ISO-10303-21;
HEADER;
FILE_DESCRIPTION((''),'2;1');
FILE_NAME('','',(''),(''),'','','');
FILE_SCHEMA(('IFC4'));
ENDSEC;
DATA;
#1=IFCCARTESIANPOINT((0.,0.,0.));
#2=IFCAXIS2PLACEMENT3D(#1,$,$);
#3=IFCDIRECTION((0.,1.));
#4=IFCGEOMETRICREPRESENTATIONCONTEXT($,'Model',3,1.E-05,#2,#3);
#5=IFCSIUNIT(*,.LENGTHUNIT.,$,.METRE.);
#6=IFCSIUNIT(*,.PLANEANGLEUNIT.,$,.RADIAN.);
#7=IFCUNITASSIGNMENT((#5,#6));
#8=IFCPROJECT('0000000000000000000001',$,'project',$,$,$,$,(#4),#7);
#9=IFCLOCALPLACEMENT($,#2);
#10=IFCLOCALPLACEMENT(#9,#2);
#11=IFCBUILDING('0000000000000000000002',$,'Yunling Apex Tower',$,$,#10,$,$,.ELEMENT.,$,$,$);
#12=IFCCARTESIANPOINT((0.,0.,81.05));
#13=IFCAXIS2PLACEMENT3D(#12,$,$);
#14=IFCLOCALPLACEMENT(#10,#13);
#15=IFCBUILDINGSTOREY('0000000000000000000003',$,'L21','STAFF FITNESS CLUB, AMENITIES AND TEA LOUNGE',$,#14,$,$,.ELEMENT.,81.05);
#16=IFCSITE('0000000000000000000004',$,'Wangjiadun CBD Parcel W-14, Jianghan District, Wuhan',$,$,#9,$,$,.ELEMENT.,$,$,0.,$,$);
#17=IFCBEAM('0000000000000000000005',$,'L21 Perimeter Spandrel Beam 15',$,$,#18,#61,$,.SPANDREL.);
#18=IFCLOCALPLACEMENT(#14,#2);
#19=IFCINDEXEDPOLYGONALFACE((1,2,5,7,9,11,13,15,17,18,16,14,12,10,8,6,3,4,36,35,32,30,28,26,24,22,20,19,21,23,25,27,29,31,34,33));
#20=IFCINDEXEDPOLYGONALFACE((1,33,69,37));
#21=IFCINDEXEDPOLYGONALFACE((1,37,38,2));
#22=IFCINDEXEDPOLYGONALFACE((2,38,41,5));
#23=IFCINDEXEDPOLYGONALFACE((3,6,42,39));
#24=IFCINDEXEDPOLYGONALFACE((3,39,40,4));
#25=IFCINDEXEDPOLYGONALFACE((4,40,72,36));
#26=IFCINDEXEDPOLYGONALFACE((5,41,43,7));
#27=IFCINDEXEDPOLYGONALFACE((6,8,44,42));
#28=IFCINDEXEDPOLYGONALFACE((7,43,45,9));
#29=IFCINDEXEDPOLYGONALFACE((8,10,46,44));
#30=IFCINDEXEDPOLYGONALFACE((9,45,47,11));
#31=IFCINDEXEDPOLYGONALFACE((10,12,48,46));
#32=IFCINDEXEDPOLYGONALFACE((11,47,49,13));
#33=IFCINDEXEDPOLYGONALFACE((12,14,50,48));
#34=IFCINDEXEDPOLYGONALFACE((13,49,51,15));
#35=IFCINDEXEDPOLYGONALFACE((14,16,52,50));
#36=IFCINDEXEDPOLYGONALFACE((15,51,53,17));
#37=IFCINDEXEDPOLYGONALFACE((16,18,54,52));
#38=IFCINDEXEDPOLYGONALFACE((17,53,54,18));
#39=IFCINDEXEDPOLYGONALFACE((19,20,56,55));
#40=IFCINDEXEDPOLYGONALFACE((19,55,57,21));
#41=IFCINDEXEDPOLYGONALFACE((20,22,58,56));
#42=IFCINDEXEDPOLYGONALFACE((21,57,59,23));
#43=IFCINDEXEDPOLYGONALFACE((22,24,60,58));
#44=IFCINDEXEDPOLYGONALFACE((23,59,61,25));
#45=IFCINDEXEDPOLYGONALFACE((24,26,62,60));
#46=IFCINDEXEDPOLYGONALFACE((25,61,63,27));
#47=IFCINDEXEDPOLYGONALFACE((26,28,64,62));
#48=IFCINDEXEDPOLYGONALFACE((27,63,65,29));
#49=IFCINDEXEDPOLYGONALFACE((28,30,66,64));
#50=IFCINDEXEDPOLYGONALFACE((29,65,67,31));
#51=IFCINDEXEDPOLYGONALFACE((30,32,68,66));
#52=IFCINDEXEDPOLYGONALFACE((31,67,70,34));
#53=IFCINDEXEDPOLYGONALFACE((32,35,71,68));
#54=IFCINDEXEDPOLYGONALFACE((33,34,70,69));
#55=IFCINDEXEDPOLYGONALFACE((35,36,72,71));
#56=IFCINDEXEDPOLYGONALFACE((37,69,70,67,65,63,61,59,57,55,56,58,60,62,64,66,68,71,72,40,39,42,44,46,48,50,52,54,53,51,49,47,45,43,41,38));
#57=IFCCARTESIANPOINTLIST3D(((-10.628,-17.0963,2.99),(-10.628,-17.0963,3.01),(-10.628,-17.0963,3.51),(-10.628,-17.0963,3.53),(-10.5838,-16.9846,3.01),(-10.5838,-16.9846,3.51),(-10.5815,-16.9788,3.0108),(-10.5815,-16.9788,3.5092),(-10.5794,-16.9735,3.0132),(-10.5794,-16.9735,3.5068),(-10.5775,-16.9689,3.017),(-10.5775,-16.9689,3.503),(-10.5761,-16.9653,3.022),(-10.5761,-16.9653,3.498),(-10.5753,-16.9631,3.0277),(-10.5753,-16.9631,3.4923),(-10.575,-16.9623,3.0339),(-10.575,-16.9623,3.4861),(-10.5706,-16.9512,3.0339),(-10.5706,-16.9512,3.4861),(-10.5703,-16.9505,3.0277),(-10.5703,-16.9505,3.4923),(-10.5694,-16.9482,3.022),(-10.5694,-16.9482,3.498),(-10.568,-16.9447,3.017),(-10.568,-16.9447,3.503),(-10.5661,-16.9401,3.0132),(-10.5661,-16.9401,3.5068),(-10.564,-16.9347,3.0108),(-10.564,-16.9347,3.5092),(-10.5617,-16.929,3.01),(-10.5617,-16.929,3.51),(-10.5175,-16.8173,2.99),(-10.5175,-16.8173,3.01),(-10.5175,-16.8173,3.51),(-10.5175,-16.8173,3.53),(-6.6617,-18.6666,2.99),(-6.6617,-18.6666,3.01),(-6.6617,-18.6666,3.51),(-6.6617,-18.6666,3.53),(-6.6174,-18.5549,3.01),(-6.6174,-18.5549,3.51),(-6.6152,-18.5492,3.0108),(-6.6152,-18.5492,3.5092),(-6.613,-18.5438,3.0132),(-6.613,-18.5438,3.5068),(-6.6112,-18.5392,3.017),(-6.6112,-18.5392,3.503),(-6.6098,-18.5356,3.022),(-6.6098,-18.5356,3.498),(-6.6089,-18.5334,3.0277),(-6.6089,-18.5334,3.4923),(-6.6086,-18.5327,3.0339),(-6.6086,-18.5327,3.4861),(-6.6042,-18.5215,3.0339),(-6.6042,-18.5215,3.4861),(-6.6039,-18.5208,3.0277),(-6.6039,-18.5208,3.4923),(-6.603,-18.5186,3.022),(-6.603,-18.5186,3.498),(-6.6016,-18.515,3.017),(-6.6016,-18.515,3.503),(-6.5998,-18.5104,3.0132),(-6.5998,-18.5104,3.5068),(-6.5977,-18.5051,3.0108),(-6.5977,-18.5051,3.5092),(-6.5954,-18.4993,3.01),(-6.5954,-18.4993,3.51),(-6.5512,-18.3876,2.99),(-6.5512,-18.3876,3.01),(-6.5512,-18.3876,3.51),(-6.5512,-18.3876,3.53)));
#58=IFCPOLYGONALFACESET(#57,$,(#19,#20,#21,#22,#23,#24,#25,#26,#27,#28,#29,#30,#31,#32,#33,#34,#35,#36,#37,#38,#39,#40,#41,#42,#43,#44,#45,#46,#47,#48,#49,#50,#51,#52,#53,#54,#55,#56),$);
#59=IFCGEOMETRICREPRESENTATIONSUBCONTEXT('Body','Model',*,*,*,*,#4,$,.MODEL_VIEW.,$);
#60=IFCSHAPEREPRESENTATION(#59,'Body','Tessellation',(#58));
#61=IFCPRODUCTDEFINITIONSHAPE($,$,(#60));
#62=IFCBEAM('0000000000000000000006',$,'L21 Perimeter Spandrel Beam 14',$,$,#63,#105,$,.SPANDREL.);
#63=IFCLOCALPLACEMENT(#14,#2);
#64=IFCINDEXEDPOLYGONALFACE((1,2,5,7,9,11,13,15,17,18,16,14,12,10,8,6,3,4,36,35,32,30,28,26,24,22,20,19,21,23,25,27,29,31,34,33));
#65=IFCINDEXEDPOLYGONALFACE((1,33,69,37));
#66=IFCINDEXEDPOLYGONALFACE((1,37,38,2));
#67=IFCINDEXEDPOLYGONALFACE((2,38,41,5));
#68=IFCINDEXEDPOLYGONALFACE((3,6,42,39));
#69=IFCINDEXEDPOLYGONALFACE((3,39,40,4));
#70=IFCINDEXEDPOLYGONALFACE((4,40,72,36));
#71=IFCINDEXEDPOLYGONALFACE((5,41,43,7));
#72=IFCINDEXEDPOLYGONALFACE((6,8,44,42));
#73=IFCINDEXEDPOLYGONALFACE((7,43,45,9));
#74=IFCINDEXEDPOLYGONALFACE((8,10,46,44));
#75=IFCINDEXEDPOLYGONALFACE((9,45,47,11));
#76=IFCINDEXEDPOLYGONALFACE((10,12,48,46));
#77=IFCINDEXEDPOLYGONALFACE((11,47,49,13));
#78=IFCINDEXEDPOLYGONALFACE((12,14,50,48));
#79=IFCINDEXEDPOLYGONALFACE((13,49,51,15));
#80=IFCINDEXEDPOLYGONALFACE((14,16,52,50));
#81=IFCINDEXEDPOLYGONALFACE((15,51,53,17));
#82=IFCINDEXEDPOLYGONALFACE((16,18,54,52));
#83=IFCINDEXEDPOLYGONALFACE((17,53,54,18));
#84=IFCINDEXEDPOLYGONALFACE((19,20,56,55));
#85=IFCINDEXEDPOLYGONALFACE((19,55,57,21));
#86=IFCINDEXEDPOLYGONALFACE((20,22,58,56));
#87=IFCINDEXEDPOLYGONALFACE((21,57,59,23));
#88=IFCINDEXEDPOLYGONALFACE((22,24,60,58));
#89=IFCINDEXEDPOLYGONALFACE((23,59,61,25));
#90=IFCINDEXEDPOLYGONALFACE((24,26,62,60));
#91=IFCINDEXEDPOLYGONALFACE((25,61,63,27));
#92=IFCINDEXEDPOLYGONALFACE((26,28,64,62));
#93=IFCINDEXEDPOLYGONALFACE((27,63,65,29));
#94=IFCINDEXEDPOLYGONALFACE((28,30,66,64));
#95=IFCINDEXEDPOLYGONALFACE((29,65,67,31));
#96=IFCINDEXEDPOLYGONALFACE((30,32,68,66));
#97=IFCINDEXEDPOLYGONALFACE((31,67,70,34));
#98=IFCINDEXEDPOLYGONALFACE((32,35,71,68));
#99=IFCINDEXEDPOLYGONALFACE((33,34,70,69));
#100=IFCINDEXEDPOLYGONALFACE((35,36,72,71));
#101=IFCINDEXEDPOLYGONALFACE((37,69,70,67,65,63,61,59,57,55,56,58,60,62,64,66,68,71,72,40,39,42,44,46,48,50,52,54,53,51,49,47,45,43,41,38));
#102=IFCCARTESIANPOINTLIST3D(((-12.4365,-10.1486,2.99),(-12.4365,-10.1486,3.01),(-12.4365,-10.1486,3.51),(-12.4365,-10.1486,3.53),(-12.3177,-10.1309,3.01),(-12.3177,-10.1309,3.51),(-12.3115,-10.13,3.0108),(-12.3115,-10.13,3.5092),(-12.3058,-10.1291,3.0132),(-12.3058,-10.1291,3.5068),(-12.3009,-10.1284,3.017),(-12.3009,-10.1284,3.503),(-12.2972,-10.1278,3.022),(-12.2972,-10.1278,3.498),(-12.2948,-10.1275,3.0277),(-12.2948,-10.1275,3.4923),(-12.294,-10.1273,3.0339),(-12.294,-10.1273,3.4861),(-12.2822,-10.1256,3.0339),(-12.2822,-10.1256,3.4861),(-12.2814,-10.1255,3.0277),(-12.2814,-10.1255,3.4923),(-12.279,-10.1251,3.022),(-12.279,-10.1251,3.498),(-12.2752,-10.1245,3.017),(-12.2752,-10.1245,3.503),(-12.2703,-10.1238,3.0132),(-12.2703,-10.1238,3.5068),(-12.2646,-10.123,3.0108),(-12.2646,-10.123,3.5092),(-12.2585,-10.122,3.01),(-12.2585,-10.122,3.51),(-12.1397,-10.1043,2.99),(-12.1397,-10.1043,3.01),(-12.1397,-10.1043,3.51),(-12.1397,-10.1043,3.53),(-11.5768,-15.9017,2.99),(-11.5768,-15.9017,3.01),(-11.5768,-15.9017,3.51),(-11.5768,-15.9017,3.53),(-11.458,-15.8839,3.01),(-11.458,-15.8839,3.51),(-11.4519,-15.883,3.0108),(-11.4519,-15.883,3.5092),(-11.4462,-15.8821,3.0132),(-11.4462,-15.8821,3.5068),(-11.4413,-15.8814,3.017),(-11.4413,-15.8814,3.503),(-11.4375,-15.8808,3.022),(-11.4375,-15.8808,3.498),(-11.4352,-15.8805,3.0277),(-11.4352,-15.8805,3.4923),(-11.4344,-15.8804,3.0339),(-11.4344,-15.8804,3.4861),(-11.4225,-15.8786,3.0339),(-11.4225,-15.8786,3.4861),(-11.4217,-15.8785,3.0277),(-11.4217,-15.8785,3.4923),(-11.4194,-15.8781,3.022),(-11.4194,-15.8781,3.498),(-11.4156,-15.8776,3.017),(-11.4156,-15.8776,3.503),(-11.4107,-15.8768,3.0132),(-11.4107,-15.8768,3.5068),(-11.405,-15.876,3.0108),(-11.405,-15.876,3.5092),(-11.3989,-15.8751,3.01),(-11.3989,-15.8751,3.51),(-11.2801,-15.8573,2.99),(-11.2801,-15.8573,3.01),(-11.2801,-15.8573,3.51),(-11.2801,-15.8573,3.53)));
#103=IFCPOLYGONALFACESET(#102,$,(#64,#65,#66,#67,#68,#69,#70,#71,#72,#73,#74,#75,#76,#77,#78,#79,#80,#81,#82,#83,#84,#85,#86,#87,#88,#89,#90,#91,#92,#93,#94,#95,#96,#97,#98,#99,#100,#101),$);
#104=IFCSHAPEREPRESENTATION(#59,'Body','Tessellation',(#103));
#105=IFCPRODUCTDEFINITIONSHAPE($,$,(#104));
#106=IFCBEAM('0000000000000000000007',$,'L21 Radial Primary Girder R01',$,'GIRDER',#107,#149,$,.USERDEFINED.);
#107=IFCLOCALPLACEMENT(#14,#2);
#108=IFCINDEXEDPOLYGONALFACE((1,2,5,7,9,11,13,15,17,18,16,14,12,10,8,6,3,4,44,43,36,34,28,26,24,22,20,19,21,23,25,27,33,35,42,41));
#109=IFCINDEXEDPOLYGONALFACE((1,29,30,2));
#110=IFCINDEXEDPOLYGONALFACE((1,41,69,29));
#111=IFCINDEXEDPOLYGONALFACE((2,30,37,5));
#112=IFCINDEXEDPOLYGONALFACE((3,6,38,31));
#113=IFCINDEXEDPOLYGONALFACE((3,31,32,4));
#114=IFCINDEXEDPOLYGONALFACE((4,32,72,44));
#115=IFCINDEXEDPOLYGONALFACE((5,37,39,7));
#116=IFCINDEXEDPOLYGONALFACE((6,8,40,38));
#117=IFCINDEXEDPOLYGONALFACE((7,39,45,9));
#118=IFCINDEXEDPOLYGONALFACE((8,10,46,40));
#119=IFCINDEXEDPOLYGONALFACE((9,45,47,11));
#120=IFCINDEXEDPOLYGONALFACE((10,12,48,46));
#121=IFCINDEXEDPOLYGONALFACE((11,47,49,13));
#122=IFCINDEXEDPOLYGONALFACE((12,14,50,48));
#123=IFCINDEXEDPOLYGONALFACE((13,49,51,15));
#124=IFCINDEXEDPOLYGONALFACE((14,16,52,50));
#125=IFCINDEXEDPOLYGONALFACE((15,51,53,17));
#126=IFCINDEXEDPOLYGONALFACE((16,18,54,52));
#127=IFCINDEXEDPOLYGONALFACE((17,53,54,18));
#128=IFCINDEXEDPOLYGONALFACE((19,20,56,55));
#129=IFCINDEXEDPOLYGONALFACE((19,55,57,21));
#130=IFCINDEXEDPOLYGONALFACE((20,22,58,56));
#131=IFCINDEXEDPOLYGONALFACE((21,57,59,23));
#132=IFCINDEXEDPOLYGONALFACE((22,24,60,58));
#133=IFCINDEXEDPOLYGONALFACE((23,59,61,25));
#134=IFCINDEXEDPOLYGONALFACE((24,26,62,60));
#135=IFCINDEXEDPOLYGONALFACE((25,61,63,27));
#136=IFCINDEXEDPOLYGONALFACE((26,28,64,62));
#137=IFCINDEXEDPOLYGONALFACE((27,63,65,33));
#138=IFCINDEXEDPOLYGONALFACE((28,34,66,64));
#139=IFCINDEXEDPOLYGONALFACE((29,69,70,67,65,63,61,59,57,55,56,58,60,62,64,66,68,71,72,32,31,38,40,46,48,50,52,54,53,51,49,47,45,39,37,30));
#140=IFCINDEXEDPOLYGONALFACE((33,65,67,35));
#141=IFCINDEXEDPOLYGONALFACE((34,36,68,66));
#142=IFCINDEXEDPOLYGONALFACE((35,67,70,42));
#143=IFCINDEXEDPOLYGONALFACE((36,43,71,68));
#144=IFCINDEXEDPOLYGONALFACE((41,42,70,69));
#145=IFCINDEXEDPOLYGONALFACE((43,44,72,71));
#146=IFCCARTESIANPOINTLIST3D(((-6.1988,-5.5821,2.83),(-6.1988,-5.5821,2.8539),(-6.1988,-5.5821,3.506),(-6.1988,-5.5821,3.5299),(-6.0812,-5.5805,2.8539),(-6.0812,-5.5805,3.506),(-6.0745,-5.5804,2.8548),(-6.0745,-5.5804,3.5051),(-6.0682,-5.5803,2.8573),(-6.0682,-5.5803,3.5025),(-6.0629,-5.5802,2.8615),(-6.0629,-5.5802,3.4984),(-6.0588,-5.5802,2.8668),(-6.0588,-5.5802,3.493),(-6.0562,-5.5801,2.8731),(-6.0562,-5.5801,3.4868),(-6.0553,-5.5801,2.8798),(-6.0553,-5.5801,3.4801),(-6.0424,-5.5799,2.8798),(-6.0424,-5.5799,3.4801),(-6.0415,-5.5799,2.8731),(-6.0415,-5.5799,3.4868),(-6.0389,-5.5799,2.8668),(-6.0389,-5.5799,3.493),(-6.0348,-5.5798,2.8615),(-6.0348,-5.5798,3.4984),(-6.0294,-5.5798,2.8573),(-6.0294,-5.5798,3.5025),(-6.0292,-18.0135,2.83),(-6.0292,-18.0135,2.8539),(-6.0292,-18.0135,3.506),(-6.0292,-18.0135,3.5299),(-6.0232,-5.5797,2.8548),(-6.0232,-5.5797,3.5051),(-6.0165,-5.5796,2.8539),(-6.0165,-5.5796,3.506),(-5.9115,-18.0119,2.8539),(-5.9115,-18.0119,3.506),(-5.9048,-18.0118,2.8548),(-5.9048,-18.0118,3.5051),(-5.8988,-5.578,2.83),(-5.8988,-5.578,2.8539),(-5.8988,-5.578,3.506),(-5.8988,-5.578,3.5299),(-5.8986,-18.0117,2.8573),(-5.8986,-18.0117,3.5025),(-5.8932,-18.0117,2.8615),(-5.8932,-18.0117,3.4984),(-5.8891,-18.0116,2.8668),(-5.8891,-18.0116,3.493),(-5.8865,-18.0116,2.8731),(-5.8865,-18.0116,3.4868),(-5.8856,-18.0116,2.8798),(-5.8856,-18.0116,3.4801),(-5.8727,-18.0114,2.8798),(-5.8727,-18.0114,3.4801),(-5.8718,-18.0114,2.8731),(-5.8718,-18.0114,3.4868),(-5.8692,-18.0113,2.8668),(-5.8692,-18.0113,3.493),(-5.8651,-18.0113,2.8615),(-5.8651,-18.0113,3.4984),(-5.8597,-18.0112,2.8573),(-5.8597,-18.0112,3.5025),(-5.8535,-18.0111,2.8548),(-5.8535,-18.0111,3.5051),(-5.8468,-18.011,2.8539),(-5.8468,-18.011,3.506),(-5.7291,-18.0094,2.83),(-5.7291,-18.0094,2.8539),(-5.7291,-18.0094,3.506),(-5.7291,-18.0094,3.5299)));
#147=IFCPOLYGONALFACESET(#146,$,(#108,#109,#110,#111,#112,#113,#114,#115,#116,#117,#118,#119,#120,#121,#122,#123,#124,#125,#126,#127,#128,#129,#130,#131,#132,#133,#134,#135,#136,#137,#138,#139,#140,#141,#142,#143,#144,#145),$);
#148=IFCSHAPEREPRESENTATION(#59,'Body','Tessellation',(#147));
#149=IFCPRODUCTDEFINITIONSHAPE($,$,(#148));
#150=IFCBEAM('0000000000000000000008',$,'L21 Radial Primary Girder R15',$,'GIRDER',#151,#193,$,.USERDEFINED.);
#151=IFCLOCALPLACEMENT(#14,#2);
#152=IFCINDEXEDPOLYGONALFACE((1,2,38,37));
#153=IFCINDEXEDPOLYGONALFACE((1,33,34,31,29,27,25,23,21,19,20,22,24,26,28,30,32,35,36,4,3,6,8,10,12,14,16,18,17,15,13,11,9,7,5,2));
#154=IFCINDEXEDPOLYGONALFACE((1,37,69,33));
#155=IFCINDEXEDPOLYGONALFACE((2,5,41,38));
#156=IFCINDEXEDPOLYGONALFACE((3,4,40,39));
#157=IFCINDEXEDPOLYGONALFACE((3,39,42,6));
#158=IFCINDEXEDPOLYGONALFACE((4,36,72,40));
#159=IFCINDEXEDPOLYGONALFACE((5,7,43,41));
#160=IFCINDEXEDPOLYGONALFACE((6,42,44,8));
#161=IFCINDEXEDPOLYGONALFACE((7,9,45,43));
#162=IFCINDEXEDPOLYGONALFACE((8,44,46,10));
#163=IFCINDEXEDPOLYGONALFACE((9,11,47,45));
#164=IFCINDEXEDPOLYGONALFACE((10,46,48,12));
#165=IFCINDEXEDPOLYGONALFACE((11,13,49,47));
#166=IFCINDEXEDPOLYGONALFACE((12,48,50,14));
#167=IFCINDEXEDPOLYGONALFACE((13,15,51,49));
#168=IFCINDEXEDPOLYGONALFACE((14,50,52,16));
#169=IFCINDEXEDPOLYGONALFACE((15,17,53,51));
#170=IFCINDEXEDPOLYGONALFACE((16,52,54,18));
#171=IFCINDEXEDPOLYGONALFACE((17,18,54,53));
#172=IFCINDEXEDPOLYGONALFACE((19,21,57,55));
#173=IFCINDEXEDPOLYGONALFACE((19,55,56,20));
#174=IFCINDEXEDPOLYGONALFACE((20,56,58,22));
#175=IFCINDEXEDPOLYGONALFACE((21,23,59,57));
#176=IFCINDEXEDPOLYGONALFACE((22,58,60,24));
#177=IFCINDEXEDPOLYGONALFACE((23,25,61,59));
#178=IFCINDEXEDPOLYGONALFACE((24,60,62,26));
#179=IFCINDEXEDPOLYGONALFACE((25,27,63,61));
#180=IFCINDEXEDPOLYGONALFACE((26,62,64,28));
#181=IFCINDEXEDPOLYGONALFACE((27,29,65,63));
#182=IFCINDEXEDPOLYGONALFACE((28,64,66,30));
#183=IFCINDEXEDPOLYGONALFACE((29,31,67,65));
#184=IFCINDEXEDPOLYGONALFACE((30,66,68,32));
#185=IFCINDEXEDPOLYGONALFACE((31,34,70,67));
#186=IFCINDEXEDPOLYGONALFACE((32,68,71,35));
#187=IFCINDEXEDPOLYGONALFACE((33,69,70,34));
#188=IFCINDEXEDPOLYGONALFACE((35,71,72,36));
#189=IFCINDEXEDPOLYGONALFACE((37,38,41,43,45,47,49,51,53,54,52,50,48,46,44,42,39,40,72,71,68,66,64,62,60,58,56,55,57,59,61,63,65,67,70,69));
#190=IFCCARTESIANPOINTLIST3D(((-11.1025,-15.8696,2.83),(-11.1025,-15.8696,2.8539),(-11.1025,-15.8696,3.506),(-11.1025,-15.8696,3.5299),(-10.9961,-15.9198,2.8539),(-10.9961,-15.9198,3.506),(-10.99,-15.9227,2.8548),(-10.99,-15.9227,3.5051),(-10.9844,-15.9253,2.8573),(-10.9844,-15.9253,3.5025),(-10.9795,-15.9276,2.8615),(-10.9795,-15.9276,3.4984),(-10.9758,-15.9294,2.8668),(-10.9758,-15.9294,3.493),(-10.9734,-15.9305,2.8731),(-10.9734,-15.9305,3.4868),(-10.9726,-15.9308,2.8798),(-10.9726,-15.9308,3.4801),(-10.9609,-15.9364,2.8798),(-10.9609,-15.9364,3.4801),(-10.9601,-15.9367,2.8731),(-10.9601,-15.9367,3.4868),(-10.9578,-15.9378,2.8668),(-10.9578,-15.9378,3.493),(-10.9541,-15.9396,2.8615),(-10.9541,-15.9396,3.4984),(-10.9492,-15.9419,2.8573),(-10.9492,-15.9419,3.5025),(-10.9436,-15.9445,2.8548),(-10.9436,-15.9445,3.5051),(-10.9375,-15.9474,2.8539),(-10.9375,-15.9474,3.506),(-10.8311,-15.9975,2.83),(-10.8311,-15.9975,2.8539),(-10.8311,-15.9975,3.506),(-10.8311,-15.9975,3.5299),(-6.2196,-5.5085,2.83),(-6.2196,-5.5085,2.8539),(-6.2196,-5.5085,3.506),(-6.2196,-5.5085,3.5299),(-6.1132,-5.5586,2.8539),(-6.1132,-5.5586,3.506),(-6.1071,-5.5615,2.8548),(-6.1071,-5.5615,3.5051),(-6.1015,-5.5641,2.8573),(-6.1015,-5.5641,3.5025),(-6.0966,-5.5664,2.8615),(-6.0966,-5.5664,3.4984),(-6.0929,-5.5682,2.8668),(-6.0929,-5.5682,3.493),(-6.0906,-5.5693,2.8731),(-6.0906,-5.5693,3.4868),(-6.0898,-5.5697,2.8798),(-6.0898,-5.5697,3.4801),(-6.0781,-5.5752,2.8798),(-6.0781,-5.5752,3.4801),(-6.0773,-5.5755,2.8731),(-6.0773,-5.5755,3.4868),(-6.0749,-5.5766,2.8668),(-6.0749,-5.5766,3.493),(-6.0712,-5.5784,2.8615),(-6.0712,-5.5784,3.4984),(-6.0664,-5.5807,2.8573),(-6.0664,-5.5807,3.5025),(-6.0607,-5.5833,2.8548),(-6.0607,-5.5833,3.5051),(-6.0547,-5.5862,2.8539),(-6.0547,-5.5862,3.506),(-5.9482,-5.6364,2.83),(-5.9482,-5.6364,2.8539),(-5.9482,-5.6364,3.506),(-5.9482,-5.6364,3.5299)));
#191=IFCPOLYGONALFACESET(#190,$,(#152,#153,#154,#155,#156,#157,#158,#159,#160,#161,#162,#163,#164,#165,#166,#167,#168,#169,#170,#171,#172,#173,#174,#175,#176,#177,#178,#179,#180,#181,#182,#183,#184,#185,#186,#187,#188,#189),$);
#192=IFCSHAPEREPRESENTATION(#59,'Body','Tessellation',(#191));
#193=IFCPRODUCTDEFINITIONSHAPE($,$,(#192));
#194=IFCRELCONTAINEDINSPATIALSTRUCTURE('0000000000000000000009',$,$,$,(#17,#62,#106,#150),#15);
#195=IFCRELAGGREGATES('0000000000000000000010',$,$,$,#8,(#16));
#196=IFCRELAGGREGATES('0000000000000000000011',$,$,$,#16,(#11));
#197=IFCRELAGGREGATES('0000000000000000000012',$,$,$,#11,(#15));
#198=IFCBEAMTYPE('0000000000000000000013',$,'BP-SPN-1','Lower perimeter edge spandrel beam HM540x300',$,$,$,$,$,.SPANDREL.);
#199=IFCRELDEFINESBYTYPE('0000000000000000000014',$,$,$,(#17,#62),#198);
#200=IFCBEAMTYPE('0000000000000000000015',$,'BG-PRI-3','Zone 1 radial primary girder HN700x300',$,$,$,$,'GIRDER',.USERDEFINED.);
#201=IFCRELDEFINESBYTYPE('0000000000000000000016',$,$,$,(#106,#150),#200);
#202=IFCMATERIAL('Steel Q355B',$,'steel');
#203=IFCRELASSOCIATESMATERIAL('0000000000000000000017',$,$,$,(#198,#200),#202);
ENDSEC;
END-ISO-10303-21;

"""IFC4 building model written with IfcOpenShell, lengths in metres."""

from ifc_helpers import new_model, si_unit, direction, frame, origin, origin_2d, place, context, subcontext, project, spatial, i_section, extrude, source, transform, mapped, material, material_profile, profile_set, type_object, element, save


model = new_model("IFC4")

# Units and contexts
model_context = context("Model", 3, precision=1e-05, world=origin(), true_north=direction((0.0, 1.0)))
body_context = subcontext(model_context, "Body", "Model", "MODEL_VIEW")
ifc_project = project(units=[si_unit("LENGTHUNIT", "METRE"), si_unit("PLANEANGLEUNIT", "RADIAN")], contexts=[model_context])

# Site, building, storey
site_placement = place(None, origin())
site = spatial("IfcSite", under=ifc_project, at=site_placement, Name="Wangjiadun CBD Parcel W-14, Jianghan District, Wuhan", CompositionType="ELEMENT", RefElevation=0.0)
building_placement = place(site_placement, origin())
building = spatial("IfcBuilding", under=site, at=building_placement, Name="Yunling Apex Tower", CompositionType="ELEMENT")
storey_placement = place(building_placement, frame((0.0, 0.0, 81.05)))
storey = spatial("IfcBuildingStorey", under=building, at=storey_placement, Name="L21", Description="STAFF FITNESS CLUB, AMENITIES AND TEA LOUNGE", CompositionType="ELEMENT", Elevation=81.05)

# Beams
ifc_material_1 = material(Name="Steel Q355B", Category="steel")
ifc_material_profile_1 = material_profile(ifc_material_1, i_section(OverallWidth=0.3, OverallDepth=0.54, WebThickness=0.012, FlangeThickness=0.02, FilletRadius=0.0239, at=origin_2d()))
ifc_profile_set_1 = profile_set([ifc_material_profile_1], Name="Steel Q355B")
beam_type_1 = type_object("IfcBeamType", Name="BP-SPN-1", Description="Lower perimeter edge spandrel beam HM540x300", PredefinedType="SPANDREL", material=ifc_profile_set_1)
shared_shape_1 = source(origin(), body_context, "Body", "SweptSolid", [
    extrude(i_section(OverallWidth=0.3, OverallDepth=0.54, WebThickness=0.012, FlangeThickness=0.02, FilletRadius=0.0239, at=origin_2d()), origin(), (0.0, 0.0, 1.0), 4.2659),
])
beam_1_placement = place(storey_placement, frame((-10.5728, -16.9568, 3.26), z_axis=(0.929781, -0.368112, 0.0), x_axis=(0.368112, 0.929781, 0.0)))
element("IfcBeam", 1, at=beam_1_placement, inside=storey, type_object=beam_type_1, Name="L21 Perimeter Spandrel Beam 15", PredefinedType="SPANDREL", context=body_context, shape_type="MappedRepresentation", body=[
    mapped(shared_shape_1, transform((0.0, 0.0, 0.0), scale=1.0)),
])
shared_shape_2 = source(origin(), body_context, "Body", "SweptSolid", [
    extrude(i_section(OverallWidth=0.3, OverallDepth=0.54, WebThickness=0.012, FlangeThickness=0.02, FilletRadius=0.0239, at=origin_2d()), origin(), (0.0, 0.0, 1.0), 5.8169),
])
beam_2_placement = place(storey_placement, frame((-12.2881, -10.1265, 3.26), z_axis=(0.147782, -0.98902, 0.0), x_axis=(0.98902, 0.147782, 0.0)))
element("IfcBeam", 2, at=beam_2_placement, inside=storey, type_object=beam_type_1, Name="L21 Perimeter Spandrel Beam 14", PredefinedType="SPANDREL", context=body_context, shape_type="MappedRepresentation", body=[
    mapped(shared_shape_2, transform((0.0, 0.0, 0.0), scale=1.0)),
])
ifc_material_profile_2 = material_profile(ifc_material_1, i_section(OverallWidth=0.3, OverallDepth=0.7, WebThickness=0.0129, FlangeThickness=0.0239, FilletRadius=0.0259, at=origin_2d()))
ifc_profile_set_2 = profile_set([ifc_material_profile_2], Name="Steel Q355B")
beam_type_2 = type_object("IfcBeamType", Name="BG-PRI-3", Description="Zone 1 radial primary girder HN700x300", ElementType="GIRDER", PredefinedType="USERDEFINED", material=ifc_profile_set_2)
shared_shape_3 = source(origin(), body_context, "Body", "SweptSolid", [
    extrude(i_section(OverallWidth=0.3, OverallDepth=0.7, WebThickness=0.0129, FlangeThickness=0.0239, FilletRadius=0.0259, at=origin_2d()), origin(), (0.0, 0.0, 1.0), 12.4326),
])
beam_3_placement = place(storey_placement, frame((-5.8792, -18.0115, 3.1799), z_axis=(-0.013648, 0.999907, 0.0), x_axis=(-0.999907, -0.013648, 0.0)))
element("IfcBeam", 3, at=beam_3_placement, inside=storey, type_object=beam_type_2, Name="L21 Radial Primary Girder R01", ObjectType="GIRDER", PredefinedType="USERDEFINED", context=body_context, shape_type="MappedRepresentation", body=[
    mapped(shared_shape_3, transform((0.0, 0.0, 0.0), scale=1.0)),
])
shared_shape_4 = source(origin(), body_context, "Body", "SweptSolid", [
    extrude(i_section(OverallWidth=0.3, OverallDepth=0.7, WebThickness=0.0129, FlangeThickness=0.0239, FilletRadius=0.0259, at=origin_2d()), origin(), (0.0, 0.0, 1.0), 11.4541),
])
beam_4_placement = place(storey_placement, frame((-10.9668, -15.9336, 3.1799), z_axis=(0.426298, 0.904583, 0.0), x_axis=(-0.904583, 0.426298, 0.0)))
element("IfcBeam", 4, at=beam_4_placement, inside=storey, type_object=beam_type_2, Name="L21 Radial Primary Girder R15", ObjectType="GIRDER", PredefinedType="USERDEFINED", context=body_context, shape_type="MappedRepresentation", body=[
    mapped(shared_shape_4, transform((0.0, 0.0, 0.0), scale=1.0)),
])

save(model, "model.ifc")
